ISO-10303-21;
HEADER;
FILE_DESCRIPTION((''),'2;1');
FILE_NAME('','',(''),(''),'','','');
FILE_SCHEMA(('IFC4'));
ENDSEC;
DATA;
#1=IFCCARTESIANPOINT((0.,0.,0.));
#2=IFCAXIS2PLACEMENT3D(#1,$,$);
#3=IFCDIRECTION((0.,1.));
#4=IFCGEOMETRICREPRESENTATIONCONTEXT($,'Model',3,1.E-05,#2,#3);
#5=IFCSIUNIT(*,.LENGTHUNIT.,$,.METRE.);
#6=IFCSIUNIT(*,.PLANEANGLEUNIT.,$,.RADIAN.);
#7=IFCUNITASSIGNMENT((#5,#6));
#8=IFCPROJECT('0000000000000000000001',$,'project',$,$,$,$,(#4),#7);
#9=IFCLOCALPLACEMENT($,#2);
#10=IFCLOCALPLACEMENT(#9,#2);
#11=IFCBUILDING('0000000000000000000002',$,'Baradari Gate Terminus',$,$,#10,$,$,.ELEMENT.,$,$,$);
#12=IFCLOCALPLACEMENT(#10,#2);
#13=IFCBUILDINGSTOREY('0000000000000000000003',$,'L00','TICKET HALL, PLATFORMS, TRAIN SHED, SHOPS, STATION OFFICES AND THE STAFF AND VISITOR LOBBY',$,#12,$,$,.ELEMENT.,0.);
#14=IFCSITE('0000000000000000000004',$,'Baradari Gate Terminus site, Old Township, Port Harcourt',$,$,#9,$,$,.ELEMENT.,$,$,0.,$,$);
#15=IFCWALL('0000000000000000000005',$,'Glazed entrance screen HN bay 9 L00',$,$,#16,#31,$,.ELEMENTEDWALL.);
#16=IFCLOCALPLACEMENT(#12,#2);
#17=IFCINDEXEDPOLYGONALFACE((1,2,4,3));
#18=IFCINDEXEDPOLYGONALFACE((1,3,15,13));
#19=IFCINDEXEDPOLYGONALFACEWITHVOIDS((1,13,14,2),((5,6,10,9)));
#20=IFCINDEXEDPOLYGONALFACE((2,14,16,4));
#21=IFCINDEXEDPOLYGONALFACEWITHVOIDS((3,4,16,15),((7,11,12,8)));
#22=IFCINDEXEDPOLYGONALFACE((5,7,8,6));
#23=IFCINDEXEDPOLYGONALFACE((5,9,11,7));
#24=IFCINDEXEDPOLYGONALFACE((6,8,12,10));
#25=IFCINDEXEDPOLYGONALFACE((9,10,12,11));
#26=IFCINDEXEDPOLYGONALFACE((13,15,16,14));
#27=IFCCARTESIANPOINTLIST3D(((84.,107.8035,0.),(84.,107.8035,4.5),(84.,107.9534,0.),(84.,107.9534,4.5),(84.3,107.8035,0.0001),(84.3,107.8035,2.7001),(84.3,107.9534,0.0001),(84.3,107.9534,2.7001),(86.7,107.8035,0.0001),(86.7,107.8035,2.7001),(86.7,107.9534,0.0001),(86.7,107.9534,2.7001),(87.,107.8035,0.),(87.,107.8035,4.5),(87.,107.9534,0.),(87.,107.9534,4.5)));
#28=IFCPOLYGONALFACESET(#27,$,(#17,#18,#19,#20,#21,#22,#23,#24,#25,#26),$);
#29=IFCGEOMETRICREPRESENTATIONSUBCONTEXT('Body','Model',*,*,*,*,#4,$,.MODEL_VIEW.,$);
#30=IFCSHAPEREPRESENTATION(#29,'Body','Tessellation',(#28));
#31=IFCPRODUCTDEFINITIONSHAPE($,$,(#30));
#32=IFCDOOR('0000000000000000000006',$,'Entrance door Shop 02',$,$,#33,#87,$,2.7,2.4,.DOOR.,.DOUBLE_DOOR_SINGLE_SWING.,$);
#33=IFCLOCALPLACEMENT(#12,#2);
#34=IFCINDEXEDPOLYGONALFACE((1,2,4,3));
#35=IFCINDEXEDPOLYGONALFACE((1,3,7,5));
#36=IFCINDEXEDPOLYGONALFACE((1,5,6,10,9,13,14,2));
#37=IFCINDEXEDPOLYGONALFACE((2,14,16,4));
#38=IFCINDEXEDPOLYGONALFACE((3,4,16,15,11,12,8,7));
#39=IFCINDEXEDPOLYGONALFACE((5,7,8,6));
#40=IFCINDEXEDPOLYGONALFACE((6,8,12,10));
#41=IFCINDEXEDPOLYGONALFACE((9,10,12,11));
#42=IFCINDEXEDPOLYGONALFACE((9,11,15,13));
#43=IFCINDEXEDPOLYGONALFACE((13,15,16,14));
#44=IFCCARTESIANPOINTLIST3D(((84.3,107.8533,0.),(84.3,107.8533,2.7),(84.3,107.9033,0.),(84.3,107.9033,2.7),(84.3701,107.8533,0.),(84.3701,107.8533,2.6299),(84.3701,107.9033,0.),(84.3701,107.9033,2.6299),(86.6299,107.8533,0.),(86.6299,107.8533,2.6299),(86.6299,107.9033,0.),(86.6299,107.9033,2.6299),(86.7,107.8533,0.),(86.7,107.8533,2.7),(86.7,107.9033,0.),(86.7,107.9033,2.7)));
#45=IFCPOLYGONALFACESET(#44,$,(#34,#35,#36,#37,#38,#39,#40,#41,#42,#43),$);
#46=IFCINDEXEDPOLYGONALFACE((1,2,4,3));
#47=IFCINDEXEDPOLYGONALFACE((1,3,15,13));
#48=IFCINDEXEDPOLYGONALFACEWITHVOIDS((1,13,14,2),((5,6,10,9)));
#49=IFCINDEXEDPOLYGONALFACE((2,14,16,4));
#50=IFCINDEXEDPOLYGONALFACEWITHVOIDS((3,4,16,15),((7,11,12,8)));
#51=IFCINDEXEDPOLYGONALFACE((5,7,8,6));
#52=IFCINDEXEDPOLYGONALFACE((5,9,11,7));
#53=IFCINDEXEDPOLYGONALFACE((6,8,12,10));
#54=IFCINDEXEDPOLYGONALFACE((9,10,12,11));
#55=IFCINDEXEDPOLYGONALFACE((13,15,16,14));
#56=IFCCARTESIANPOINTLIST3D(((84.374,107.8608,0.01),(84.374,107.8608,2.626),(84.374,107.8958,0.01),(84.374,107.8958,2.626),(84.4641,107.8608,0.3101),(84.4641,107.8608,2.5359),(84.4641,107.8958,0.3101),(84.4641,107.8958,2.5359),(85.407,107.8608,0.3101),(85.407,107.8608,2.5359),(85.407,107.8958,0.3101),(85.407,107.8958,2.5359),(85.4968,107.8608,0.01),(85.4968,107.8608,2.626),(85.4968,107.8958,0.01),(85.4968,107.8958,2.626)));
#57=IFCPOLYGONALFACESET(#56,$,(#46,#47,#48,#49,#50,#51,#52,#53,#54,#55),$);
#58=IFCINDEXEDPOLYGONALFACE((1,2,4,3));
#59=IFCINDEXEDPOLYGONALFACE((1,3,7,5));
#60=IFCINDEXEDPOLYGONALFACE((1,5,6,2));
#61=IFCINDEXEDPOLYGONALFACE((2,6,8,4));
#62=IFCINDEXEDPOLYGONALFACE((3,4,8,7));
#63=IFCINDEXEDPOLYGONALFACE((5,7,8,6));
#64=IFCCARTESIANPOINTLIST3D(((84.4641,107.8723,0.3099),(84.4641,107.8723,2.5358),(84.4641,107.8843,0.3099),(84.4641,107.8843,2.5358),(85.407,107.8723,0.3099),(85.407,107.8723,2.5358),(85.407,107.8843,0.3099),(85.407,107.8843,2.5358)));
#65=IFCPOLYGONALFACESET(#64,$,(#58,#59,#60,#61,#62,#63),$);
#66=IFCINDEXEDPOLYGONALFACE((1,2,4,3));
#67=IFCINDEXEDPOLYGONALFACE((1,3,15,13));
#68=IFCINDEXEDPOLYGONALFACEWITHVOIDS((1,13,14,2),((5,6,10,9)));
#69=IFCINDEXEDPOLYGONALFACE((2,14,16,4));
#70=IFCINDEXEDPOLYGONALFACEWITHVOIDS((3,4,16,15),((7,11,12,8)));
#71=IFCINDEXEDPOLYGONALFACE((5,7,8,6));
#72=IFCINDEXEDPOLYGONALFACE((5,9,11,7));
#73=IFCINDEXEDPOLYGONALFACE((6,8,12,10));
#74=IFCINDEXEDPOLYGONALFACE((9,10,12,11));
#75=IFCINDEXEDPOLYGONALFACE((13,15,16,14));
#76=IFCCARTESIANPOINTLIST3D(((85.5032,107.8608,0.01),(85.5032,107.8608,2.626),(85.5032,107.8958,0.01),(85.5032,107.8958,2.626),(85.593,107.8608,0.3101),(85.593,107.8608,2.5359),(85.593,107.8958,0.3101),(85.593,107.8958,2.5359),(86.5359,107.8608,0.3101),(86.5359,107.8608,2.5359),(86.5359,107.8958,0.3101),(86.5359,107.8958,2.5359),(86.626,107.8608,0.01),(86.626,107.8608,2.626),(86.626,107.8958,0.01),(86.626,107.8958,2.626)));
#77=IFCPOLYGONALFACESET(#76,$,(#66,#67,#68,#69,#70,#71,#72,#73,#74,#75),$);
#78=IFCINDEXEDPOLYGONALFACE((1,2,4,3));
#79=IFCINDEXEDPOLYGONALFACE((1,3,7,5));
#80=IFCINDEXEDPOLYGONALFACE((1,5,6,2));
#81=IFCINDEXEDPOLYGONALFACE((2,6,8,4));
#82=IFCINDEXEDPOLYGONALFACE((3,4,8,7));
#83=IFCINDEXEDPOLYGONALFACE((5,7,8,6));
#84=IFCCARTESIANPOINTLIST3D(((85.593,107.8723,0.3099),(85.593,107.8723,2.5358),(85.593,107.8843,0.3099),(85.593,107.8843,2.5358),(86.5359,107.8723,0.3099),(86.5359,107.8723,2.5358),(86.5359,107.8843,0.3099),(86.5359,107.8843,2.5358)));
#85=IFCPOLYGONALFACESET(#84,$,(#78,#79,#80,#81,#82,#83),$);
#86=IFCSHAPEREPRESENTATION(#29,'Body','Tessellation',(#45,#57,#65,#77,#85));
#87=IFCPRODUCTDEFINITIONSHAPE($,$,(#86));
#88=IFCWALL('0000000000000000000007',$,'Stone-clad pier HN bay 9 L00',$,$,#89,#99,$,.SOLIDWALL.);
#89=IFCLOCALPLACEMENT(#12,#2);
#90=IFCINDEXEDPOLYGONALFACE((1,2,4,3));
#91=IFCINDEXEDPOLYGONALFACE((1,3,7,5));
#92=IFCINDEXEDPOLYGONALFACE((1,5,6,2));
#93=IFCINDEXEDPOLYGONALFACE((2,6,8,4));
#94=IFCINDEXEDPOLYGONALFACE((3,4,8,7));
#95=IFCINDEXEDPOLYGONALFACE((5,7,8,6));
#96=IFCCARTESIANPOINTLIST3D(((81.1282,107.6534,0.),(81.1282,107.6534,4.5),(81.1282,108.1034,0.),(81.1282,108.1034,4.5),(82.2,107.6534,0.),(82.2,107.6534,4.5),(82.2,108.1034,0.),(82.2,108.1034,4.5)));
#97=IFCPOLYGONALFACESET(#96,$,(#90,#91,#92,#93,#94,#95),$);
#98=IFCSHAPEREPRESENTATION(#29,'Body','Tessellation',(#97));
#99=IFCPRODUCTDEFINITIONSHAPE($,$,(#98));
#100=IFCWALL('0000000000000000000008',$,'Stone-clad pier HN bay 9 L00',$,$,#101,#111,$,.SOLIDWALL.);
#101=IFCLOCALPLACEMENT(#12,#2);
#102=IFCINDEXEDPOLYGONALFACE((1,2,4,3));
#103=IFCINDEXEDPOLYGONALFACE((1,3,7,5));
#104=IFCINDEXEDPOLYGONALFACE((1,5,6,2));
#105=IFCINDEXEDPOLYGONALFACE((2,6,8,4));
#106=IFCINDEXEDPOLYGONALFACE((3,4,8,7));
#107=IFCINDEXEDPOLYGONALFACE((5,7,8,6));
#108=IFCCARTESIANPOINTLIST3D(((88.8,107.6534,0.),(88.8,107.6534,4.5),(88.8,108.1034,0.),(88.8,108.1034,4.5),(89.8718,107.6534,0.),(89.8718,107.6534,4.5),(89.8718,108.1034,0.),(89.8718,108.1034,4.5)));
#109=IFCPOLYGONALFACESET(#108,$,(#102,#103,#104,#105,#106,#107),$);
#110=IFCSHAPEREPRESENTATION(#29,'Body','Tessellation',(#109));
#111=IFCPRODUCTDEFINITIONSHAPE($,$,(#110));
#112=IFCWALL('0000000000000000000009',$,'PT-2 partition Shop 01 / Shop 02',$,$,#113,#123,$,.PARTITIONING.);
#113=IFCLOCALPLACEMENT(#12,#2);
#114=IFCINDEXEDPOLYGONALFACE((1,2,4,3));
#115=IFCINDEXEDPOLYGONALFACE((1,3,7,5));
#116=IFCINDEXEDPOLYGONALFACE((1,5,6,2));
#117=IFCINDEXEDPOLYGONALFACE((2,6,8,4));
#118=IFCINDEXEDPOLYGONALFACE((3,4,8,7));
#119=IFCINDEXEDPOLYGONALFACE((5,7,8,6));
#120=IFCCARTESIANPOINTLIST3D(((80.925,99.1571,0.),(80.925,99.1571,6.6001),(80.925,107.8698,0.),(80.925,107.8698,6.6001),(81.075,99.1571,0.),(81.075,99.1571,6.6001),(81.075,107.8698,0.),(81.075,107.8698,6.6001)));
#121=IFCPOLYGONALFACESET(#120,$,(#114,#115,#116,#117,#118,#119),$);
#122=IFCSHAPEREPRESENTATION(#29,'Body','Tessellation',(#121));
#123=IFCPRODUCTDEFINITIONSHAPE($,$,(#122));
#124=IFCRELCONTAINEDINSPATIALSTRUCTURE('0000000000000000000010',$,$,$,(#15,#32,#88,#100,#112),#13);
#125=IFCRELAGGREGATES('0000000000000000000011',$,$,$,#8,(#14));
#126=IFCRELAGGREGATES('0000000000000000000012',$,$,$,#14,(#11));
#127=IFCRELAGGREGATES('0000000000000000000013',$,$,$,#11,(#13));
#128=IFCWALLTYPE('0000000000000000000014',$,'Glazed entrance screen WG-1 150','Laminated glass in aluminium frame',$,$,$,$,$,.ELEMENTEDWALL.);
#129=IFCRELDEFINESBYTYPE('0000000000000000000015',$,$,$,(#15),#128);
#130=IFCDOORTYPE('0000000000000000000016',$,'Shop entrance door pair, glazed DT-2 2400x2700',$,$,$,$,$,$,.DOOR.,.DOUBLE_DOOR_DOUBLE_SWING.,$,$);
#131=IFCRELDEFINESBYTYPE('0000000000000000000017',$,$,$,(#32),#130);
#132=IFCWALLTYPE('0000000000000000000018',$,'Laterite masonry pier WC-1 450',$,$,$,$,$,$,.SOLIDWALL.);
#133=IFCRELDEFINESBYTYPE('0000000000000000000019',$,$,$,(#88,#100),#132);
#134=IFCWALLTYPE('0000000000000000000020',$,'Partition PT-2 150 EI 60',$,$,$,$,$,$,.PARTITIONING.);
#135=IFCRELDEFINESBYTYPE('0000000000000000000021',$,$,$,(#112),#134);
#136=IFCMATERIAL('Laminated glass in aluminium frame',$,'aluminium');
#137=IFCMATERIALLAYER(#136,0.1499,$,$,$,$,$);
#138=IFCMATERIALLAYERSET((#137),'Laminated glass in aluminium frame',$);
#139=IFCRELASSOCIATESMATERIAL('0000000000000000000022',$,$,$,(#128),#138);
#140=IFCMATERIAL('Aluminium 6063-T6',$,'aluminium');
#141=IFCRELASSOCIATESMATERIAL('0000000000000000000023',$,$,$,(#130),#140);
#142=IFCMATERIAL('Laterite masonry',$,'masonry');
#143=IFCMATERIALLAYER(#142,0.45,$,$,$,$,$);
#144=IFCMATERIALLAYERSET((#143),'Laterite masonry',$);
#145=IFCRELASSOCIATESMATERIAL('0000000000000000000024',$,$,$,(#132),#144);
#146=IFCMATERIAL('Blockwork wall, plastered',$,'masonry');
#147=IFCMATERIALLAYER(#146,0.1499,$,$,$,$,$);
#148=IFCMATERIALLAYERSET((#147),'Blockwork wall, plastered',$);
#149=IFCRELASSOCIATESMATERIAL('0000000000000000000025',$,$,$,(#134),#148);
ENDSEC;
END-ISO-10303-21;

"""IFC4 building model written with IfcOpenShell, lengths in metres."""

from ifc_helpers import new_model, si_unit, direction, frame, frame_2d, origin, place, context, subcontext, project, spatial, polyline, rectangle, outline, extrude, material, layer, layer_set, type_object, element, fill, save


model = new_model("IFC4")

# Units and contexts
model_context = context("Model", 3, precision=1e-05, world=origin(), true_north=direction((0.0, 1.0)))
body_context = subcontext(model_context, "Body", "Model", "MODEL_VIEW")
ifc_project = project(units=[si_unit("LENGTHUNIT", "METRE"), si_unit("PLANEANGLEUNIT", "RADIAN")], contexts=[model_context])

# Site, building, storey
site_placement = place(None, origin())
site = spatial("IfcSite", under=ifc_project, at=site_placement, Name="Baradari Gate Terminus site, Old Township, Port Harcourt", CompositionType="ELEMENT", RefElevation=0.0)
building_placement = place(site_placement, origin())
building = spatial("IfcBuilding", under=site, at=building_placement, Name="Baradari Gate Terminus", CompositionType="ELEMENT")
storey_placement = place(building_placement, origin())
storey = spatial("IfcBuildingStorey", under=building, at=storey_placement, Name="L00", Description="TICKET HALL, PLATFORMS, TRAIN SHED, SHOPS, STATION OFFICES AND THE STAFF AND VISITOR LOBBY", CompositionType="ELEMENT", Elevation=0.0)

# Wall, opening, door
ifc_material_1 = material(Name="Laminated glass in aluminium frame", Category="aluminium")
ifc_layer_1 = layer(ifc_material_1, 0.1499)
ifc_layer_set_1 = layer_set([ifc_layer_1], Name="Laminated glass in aluminium frame")
wall_type_1 = type_object("IfcWallType", Name="Glazed entrance screen WG-1 150", Description="Laminated glass in aluminium frame", PredefinedType="ELEMENTEDWALL", material=ifc_layer_set_1)
wall_1_placement = place(storey_placement, frame((84.0, 107.8784, 0.0), z_axis=(0.0, 0.0, 1.0), x_axis=(1.0, 0.0, 0.0)))
wall_1 = element("IfcWall", 1, at=wall_1_placement, inside=storey, type_object=wall_type_1, Name="Glazed entrance screen HN bay 9 L00", PredefinedType="ELEMENTEDWALL", context=body_context, shape_type="SweptSolid", body=[
    extrude(rectangle(XDim=3.0, YDim=0.1499, at=frame_2d((1.5, 0.0))), origin(), (0.0, 0.0, 1.0), 4.5),
])
opening_placement = place(wall_1_placement, frame((0.3, 0.0, 0.0)))
opening = element("IfcOpeningElement", 2, at=opening_placement, cuts=wall_1, PredefinedType="OPENING", context=body_context, shape_type="SweptSolid", body=[
    extrude(rectangle(XDim=2.3999, YDim=2.7, at=frame_2d((1.2, 1.3501))), frame((0.0, 0.085, 0.0), z_axis=(0.0, -1.0, 0.0), x_axis=(1.0, 0.0, 0.0)), (0.0, 0.0, 1.0), 0.1699),
])
ifc_material_2 = material(Name="Aluminium 6063-T6", Category="aluminium")
door_type = type_object("IfcDoorType", Name="Shop entrance door pair, glazed DT-2 2400x2700", OperationType="DOUBLE_DOOR_DOUBLE_SWING", PredefinedType="DOOR", material=ifc_material_2)
door_placement = place(opening_placement, origin())
door = element("IfcDoor", 3, at=door_placement, inside=storey, type_object=door_type, Name="Entrance door Shop 02", OperationType="DOUBLE_DOOR_SINGLE_SWING", OverallHeight=2.7, OverallWidth=2.4, PredefinedType="DOOR", context=body_context, shape_type="SweptSolid", body=[
    extrude(outline(polyline([(0.0, 0.0), (0.0701, 0.0), (0.0701, 2.6299), (2.3298, 2.6299), (2.3298, 0.0), (2.3999, 0.0), (2.3999, 2.7), (0.0, 2.7), (0.0, 0.0)])), frame((0.0, 0.0249, 0.0), z_axis=(0.0, -1.0, 0.0), x_axis=(1.0, 0.0, 0.0)), (0.0, 0.0, 1.0), 0.05),
    extrude(outline(polyline([(0.074, 0.01), (1.1968, 0.01), (1.1968, 2.626), (0.074, 2.626), (0.074, 0.01)]), holes=[polyline([(0.1641, 0.3101), (1.1069, 0.3101), (1.1069, 2.5359), (0.1641, 2.5359), (0.1641, 0.3101)])]), frame((0.0, 0.0173, 0.0), z_axis=(0.0, -1.0, 0.0), x_axis=(1.0, 0.0, 0.0)), (0.0, 0.0, 1.0), 0.0349),
    extrude(rectangle(XDim=0.9429, YDim=2.2258, at=frame_2d((0.6355, 1.4229))), frame((0.0, 0.0059, 0.0), z_axis=(0.0, -1.0, 0.0), x_axis=(1.0, 0.0, 0.0)), (0.0, 0.0, 1.0), 0.012),
    extrude(outline(polyline([(1.2031, 0.01), (2.3259, 0.01), (2.3259, 2.626), (1.2031, 2.626), (1.2031, 0.01)]), holes=[polyline([(1.293, 0.3101), (2.2358, 0.3101), (2.2358, 2.5359), (1.293, 2.5359), (1.293, 0.3101)])]), frame((0.0, 0.0173, 0.0), z_axis=(0.0, -1.0, 0.0), x_axis=(1.0, 0.0, 0.0)), (0.0, 0.0, 1.0), 0.0349),
    extrude(rectangle(XDim=0.9429, YDim=2.2258, at=frame_2d((1.7644, 1.4229))), frame((0.0, 0.0059, 0.0), z_axis=(0.0, -1.0, 0.0), x_axis=(1.0, 0.0, 0.0)), (0.0, 0.0, 1.0), 0.012),
])
fill(opening, door)

# Walls
ifc_material_3 = material(Name="Laterite masonry", Category="masonry")
ifc_layer_2 = layer(ifc_material_3, 0.45)
ifc_layer_set_2 = layer_set([ifc_layer_2], Name="Laterite masonry")
wall_type_2 = type_object("IfcWallType", Name="Laterite masonry pier WC-1 450", PredefinedType="SOLIDWALL", material=ifc_layer_set_2)
for number, where, z_axis, x_axis, name in (
    (4, (81.1282, 107.8784, 0.0), (0.0, 0.0, 1.0), (1.0, 0.0, 0.0), "Stone-clad pier HN bay 9 L00"),
    (5, (88.8, 107.8784, 0.0), (0.0, 0.0, 1.0), (1.0, 0.0, 0.0), "Stone-clad pier HN bay 9 L00"),
):
    element("IfcWall", number, at=place(storey_placement, frame(where, z_axis=z_axis, x_axis=x_axis)), inside=storey, type_object=wall_type_2, Name=name, PredefinedType="SOLIDWALL", context=body_context, shape_type="SweptSolid", body=[
        extrude(rectangle(XDim=1.0718, YDim=0.45, at=frame_2d((0.5359, 0.0))), origin(), (0.0, 0.0, 1.0), 4.5),
    ])
ifc_material_4 = material(Name="Blockwork wall, plastered", Category="masonry")
ifc_layer_3 = layer(ifc_material_4, 0.1499)
ifc_layer_set_3 = layer_set([ifc_layer_3], Name="Blockwork wall, plastered")
wall_type_3 = type_object("IfcWallType", Name="Partition PT-2 150 EI 60", PredefinedType="PARTITIONING", material=ifc_layer_set_3)
wall_2_placement = place(storey_placement, frame((81.0, 107.8699, 0.0), z_axis=(0.0, 0.0, 1.0), x_axis=(0.0, -1.0, 0.0)))
element("IfcWall", 6, at=wall_2_placement, inside=storey, type_object=wall_type_3, Name="PT-2 partition Shop 01 / Shop 02", PredefinedType="PARTITIONING", context=body_context, shape_type="SweptSolid", body=[
    extrude(rectangle(XDim=8.7126, YDim=0.1499, at=frame_2d((4.3564, 0.0))), origin(), (0.0, 0.0, 1.0), 6.6001),
])

save(model, "model.ifc")
